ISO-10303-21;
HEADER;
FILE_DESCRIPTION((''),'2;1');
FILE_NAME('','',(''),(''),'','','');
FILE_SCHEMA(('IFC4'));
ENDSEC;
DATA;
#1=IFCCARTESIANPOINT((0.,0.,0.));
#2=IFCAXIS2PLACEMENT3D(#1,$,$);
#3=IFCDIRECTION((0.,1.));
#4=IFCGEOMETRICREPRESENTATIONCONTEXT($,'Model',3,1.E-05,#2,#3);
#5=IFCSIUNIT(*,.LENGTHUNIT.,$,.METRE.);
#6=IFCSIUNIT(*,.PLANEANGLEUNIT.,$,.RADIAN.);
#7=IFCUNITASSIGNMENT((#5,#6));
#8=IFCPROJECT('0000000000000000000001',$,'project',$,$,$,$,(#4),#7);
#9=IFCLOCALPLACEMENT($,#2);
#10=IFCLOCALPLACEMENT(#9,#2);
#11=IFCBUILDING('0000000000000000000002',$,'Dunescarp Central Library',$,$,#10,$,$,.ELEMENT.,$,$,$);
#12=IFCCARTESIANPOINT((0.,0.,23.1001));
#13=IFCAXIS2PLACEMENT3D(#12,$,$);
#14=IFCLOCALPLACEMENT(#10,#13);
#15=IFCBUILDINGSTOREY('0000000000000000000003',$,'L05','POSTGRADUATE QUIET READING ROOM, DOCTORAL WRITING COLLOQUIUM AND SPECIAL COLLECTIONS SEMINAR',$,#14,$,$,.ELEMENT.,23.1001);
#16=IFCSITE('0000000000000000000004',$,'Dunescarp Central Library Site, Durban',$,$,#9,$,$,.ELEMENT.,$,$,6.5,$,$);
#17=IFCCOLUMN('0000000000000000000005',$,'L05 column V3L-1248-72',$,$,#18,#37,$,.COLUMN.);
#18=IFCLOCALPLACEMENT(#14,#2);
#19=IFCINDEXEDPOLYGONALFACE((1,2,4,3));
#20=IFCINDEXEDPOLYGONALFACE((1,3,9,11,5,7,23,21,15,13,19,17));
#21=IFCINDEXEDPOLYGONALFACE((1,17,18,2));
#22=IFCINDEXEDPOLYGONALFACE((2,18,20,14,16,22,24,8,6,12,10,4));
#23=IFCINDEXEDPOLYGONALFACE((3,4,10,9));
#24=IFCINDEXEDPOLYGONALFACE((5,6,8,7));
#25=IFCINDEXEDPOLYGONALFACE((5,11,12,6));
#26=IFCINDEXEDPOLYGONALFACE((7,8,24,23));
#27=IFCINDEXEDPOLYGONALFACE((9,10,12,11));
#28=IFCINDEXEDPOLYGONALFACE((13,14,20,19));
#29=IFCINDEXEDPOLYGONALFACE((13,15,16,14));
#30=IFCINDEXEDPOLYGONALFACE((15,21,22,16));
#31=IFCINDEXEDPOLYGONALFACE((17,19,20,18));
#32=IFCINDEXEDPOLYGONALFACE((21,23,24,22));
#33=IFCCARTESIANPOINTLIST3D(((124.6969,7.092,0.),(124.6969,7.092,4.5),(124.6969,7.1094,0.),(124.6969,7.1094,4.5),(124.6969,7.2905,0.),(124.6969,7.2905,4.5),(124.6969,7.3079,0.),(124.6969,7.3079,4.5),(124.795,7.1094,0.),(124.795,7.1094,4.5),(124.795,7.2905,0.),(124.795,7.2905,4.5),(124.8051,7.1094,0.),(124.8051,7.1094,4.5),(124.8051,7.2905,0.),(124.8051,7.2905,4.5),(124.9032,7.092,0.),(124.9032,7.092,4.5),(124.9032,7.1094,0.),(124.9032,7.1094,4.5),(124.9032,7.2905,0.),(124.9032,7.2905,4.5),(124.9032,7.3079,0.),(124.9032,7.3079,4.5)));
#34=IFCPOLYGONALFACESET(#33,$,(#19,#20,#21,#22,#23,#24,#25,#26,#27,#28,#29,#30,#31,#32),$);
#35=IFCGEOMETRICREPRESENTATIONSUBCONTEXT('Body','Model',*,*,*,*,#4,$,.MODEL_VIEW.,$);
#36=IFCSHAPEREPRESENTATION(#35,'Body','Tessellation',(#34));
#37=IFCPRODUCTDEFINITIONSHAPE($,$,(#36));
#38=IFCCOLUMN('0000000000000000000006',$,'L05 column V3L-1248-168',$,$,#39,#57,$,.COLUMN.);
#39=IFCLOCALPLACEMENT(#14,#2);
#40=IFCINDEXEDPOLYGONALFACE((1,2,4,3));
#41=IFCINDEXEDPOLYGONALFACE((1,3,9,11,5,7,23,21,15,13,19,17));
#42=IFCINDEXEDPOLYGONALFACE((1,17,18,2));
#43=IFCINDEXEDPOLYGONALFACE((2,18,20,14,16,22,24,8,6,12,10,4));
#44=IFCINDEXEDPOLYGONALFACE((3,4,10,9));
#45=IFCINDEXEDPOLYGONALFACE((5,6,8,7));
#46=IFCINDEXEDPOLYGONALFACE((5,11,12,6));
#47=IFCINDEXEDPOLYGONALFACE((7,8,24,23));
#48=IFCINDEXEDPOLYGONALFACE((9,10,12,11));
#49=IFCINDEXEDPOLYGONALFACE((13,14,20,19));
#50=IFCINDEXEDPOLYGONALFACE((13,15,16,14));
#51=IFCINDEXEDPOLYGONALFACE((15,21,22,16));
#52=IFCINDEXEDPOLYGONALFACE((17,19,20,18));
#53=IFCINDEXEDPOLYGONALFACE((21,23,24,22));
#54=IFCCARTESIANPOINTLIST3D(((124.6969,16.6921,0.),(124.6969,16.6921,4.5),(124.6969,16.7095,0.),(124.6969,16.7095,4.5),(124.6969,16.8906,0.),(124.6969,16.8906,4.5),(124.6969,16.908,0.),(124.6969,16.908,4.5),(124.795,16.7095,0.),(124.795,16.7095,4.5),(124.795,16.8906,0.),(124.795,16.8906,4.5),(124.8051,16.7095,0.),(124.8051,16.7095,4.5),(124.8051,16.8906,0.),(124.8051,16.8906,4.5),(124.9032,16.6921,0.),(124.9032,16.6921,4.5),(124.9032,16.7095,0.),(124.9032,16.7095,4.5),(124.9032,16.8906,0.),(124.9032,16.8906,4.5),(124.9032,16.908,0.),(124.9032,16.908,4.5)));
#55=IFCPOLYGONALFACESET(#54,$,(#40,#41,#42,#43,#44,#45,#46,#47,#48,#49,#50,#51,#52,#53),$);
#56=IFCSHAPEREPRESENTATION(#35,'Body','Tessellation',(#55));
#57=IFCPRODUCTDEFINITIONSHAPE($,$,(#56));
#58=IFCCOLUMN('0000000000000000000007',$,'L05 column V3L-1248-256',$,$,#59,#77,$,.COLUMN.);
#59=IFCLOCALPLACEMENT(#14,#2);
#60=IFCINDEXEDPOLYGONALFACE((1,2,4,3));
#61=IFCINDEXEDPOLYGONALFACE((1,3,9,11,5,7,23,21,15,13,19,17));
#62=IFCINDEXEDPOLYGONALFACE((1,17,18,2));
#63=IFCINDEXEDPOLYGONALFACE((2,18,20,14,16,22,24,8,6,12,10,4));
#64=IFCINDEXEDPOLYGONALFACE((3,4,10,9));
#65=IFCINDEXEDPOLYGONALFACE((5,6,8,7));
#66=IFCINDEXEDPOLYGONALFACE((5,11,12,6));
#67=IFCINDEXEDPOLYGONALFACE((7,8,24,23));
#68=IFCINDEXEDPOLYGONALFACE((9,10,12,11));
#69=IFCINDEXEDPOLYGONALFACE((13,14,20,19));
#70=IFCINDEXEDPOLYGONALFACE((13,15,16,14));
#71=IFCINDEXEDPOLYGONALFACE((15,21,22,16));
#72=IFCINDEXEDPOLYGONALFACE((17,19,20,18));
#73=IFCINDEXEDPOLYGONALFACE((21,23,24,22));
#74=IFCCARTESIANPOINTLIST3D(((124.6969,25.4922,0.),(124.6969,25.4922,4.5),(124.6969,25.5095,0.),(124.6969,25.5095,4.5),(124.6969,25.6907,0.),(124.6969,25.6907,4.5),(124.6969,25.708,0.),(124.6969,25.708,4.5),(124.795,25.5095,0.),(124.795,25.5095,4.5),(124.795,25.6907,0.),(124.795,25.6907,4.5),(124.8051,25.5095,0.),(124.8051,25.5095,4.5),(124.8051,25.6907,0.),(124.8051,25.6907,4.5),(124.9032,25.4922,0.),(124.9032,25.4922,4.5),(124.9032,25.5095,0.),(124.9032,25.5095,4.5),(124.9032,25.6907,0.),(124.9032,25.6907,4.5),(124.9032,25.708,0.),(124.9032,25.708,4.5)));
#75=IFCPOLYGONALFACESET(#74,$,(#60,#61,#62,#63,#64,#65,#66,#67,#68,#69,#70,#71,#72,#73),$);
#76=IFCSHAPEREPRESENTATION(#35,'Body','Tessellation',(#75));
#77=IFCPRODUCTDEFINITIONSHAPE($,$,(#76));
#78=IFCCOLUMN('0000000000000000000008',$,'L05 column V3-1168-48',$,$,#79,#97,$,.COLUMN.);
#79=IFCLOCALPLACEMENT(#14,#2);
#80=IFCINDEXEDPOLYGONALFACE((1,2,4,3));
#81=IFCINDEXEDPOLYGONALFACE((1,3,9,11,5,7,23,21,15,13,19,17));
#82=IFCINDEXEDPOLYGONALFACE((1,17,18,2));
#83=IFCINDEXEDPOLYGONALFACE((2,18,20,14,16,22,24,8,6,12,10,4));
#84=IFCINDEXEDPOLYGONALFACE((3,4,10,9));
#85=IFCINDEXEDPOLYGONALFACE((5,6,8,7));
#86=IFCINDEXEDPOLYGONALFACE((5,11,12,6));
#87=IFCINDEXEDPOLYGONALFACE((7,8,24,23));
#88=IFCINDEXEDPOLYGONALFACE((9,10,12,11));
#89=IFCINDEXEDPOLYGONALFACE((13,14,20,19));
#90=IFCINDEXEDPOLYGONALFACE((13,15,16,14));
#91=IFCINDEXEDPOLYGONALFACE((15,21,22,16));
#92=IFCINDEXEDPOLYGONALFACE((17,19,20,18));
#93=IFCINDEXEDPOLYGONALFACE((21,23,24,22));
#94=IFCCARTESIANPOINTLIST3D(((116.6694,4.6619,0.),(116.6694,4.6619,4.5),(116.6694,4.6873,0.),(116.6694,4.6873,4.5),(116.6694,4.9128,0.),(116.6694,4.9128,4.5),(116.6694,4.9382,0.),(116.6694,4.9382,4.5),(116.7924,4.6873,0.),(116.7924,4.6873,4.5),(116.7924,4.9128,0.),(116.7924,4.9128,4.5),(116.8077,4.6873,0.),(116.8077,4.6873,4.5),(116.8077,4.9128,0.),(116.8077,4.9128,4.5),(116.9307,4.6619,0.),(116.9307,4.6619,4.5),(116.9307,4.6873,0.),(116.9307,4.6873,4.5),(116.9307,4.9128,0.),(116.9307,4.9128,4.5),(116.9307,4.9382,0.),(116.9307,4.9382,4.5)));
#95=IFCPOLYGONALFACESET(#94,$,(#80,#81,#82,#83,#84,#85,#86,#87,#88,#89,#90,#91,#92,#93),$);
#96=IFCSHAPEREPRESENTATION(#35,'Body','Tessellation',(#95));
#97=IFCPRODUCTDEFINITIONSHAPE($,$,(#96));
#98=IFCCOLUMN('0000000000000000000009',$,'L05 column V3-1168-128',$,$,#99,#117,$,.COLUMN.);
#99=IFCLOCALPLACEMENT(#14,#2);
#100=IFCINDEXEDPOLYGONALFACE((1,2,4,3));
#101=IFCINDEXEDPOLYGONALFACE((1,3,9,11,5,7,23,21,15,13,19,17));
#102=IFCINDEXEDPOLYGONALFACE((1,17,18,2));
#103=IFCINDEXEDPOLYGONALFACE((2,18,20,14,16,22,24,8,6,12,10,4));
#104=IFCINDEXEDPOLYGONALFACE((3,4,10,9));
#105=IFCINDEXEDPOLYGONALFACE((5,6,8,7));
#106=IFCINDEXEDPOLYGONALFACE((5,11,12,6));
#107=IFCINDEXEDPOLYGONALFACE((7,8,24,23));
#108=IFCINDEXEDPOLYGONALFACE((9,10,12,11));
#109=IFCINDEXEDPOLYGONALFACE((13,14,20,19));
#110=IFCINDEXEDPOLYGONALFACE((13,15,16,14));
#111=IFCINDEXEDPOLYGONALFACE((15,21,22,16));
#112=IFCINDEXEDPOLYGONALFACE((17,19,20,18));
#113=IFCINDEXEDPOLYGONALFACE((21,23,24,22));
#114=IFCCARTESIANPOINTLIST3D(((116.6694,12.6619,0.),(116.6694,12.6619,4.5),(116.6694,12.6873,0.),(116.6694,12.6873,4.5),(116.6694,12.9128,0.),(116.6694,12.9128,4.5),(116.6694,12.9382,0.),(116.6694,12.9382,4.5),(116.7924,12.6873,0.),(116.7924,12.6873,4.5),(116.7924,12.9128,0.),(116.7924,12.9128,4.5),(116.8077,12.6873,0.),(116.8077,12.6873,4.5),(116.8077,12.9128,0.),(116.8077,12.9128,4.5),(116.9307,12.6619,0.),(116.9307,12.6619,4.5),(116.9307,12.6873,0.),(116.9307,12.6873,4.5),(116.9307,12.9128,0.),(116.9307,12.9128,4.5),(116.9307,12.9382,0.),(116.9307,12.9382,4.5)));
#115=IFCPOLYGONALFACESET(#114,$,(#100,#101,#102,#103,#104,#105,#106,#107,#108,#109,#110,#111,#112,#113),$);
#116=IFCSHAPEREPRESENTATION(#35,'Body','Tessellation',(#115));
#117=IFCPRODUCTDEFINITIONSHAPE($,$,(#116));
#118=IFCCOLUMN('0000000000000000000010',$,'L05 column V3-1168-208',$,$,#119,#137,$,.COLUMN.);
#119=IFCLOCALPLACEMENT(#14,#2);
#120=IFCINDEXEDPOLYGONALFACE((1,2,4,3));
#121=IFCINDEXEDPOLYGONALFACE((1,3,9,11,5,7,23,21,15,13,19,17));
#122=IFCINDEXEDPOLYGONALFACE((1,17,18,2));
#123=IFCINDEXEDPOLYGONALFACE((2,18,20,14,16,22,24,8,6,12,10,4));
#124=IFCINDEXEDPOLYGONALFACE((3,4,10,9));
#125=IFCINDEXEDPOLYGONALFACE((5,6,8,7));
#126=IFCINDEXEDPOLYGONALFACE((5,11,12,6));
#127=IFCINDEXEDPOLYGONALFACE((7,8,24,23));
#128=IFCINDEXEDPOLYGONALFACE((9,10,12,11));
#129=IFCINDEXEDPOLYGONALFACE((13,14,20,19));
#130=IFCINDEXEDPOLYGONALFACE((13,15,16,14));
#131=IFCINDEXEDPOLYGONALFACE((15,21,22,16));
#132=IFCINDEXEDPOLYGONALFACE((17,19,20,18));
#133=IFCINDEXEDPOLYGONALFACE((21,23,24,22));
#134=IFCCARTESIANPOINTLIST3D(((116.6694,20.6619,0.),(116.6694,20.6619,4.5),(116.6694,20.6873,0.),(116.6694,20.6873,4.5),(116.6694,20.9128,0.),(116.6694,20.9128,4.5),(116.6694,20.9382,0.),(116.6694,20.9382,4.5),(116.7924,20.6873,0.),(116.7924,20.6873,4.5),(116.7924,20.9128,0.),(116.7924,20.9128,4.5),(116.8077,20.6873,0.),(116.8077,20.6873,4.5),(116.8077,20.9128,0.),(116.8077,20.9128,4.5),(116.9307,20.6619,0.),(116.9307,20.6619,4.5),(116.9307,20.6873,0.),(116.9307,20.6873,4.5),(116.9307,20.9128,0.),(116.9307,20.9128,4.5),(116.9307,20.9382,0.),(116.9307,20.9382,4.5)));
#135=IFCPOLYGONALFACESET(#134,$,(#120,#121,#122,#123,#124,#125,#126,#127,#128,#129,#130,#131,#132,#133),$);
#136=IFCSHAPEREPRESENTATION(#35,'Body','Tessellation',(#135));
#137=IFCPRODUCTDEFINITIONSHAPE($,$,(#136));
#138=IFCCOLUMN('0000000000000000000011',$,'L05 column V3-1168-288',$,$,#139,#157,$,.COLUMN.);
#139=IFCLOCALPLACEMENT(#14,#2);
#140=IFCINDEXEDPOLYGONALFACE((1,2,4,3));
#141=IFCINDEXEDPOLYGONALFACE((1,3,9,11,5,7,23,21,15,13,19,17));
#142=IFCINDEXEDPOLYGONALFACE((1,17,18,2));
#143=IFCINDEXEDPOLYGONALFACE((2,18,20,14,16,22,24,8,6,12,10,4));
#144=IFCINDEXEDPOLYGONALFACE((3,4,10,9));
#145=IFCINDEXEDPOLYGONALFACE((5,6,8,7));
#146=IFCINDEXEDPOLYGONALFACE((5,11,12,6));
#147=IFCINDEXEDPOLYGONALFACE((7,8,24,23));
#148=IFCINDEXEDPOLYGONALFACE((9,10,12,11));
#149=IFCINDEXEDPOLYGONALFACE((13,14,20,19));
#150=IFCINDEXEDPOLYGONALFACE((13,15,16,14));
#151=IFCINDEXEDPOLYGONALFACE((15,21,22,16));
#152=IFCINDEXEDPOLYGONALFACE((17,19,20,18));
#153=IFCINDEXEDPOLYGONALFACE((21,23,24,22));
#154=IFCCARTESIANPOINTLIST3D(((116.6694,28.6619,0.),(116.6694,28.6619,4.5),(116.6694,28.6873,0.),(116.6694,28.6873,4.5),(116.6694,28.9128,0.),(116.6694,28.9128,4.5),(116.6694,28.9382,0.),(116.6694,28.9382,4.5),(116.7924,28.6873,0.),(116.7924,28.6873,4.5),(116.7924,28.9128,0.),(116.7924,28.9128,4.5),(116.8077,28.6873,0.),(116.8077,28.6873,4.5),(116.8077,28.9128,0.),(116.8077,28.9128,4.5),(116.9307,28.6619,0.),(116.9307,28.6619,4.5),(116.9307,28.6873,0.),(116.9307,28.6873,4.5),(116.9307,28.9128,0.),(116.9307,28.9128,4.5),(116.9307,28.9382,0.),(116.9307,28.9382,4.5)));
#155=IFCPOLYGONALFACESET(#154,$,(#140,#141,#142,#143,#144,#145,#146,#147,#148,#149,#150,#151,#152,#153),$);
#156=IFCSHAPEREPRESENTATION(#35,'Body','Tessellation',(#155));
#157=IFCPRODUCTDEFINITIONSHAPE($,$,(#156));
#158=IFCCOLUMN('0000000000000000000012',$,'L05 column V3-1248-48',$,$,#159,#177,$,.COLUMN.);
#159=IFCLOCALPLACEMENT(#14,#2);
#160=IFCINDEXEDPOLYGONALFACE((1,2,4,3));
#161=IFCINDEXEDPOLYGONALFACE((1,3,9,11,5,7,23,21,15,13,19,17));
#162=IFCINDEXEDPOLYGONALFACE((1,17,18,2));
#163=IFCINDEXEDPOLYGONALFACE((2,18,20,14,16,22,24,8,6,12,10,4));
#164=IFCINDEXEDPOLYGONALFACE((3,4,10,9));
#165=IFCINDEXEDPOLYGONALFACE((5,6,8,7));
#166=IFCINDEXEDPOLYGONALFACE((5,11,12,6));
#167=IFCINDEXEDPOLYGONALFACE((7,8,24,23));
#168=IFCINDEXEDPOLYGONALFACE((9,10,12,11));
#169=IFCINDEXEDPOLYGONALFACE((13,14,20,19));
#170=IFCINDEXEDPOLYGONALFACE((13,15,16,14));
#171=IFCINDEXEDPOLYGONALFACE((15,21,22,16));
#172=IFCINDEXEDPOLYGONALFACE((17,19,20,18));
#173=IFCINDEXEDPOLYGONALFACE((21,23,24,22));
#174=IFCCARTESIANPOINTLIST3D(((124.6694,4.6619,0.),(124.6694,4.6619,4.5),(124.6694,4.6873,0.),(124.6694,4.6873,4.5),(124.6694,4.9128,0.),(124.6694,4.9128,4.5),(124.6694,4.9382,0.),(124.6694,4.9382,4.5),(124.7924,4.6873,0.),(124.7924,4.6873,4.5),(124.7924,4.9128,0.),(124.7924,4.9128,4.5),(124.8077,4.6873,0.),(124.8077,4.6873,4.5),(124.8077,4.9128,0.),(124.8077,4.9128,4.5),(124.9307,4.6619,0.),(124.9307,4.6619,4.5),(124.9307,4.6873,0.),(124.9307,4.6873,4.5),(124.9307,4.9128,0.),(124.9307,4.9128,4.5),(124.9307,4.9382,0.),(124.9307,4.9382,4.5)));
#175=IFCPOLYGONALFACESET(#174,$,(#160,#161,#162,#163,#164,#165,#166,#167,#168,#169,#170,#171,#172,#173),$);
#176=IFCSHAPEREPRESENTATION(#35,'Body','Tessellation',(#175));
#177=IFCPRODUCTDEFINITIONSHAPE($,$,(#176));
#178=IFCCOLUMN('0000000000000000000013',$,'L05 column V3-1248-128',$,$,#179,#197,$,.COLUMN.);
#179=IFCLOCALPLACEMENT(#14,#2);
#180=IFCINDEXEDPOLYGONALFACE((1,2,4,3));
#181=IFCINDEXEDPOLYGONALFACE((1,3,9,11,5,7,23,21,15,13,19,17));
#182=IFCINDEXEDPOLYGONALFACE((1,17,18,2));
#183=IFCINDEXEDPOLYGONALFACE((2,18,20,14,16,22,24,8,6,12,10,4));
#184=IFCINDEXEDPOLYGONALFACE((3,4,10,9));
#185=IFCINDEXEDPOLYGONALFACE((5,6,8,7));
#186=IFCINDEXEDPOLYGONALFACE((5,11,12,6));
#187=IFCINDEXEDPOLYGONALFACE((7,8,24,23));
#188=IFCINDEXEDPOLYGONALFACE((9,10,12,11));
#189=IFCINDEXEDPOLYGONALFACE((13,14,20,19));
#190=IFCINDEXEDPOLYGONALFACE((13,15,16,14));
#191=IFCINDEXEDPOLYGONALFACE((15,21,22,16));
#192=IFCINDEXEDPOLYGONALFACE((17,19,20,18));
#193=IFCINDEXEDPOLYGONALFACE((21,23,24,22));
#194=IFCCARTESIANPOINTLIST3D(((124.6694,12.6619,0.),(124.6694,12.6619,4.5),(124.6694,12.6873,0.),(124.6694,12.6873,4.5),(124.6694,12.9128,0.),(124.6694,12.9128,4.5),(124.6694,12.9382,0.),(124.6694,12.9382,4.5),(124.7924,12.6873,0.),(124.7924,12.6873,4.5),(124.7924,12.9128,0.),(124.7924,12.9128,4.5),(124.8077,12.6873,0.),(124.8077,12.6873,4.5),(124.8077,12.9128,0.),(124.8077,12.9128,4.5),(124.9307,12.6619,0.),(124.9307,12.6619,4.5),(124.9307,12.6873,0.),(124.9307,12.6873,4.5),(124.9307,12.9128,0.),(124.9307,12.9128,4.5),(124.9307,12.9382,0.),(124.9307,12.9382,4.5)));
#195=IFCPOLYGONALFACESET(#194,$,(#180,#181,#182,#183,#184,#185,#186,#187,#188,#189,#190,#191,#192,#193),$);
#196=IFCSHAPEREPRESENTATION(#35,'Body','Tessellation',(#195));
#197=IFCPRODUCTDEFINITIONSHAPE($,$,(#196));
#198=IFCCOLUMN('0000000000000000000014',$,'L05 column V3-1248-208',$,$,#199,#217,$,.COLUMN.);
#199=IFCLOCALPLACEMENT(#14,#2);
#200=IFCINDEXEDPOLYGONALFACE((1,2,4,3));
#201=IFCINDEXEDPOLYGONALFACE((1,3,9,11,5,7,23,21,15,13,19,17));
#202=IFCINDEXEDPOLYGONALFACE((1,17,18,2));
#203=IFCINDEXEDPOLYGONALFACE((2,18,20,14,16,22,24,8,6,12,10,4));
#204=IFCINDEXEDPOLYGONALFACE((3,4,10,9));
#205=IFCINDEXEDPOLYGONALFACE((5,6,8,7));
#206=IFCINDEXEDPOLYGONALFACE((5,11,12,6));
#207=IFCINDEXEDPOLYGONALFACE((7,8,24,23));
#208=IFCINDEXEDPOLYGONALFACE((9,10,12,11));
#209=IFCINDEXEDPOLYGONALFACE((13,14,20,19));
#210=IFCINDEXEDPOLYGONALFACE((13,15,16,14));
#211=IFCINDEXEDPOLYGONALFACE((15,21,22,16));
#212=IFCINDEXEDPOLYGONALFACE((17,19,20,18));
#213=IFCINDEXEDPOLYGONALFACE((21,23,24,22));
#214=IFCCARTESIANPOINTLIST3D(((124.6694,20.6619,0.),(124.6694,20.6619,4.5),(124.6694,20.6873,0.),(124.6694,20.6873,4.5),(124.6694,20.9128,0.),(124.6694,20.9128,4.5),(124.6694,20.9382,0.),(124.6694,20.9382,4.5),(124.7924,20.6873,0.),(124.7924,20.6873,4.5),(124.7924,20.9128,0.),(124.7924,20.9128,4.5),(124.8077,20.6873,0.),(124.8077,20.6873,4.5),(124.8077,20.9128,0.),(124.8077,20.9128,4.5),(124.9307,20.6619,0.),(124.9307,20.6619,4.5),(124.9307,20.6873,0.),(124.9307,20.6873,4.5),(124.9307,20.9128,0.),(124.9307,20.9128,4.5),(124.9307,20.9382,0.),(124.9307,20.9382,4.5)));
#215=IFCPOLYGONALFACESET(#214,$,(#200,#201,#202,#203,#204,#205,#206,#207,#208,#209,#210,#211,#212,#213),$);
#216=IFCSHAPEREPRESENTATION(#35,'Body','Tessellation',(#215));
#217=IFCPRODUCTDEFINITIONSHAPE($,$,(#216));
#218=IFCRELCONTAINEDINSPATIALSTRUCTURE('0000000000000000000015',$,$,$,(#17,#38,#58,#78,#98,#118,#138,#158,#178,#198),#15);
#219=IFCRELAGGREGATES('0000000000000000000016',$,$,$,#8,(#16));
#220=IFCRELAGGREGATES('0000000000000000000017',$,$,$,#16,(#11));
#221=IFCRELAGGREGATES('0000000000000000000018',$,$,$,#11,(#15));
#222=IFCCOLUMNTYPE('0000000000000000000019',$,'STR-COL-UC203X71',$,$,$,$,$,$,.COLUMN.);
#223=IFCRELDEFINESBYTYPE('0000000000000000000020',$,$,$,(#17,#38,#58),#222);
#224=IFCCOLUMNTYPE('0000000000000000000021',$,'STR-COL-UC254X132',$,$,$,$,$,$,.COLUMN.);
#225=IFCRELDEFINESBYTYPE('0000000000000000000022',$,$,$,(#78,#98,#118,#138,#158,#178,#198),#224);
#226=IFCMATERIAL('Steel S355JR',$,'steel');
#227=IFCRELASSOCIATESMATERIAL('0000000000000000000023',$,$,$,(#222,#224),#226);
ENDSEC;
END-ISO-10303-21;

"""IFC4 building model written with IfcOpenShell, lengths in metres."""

from ifc_helpers import new_model, si_unit, direction, frame, origin, origin_2d, place, context, subcontext, project, spatial, i_section, extrude, material, material_profile, profile_set, type_object, element, save


model = new_model("IFC4")

# Units and contexts
model_context = context("Model", 3, precision=1e-05, world=origin(), true_north=direction((0.0, 1.0)))
body_context = subcontext(model_context, "Body", "Model", "MODEL_VIEW")
ifc_project = project(units=[si_unit("LENGTHUNIT", "METRE"), si_unit("PLANEANGLEUNIT", "RADIAN")], contexts=[model_context])

# Site, building, storey
site_placement = place(None, origin())
site = spatial("IfcSite", under=ifc_project, at=site_placement, Name="Dunescarp Central Library Site, Durban", CompositionType="ELEMENT", RefElevation=6.5)
building_placement = place(site_placement, origin())
building = spatial("IfcBuilding", under=site, at=building_placement, Name="Dunescarp Central Library", CompositionType="ELEMENT")
storey_placement = place(building_placement, frame((0.0, 0.0, 23.1001)))
storey = spatial("IfcBuildingStorey", under=building, at=storey_placement, Name="L05", Description="POSTGRADUATE QUIET READING ROOM, DOCTORAL WRITING COLLOQUIUM AND SPECIAL COLLECTIONS SEMINAR", CompositionType="ELEMENT", Elevation=23.1001)

# Columns
ifc_material = material(Name="Steel S355JR", Category="steel")
ifc_material_profile_1 = material_profile(ifc_material, i_section(OverallWidth=0.2063, OverallDepth=0.2158, WebThickness=0.01, FlangeThickness=0.0173, at=origin_2d()), Name="UC 203x203x71")
ifc_profile_set_1 = profile_set([ifc_material_profile_1], Name="Steel S355JR")
column_type_1 = type_object("IfcColumnType", Name="STR-COL-UC203X71", PredefinedType="COLUMN", material=ifc_profile_set_1)
for number, where, z_axis, x_axis, name in (
    (1, (124.8, 7.2, 0.0), (0.0, 0.0, 1.0), (1.0, 0.0, 0.0), "L05 column V3L-1248-72"),
    (2, (124.8, 16.8, 0.0), (0.0, 0.0, 1.0), (1.0, 0.0, 0.0), "L05 column V3L-1248-168"),
    (3, (124.8, 25.6001, 0.0), (0.0, 0.0, 1.0), (1.0, 0.0, 0.0), "L05 column V3L-1248-256"),
):
    element("IfcColumn", number, at=place(storey_placement, frame(where, z_axis=z_axis, x_axis=x_axis)), inside=storey, type_object=column_type_1, Name=name, PredefinedType="COLUMN", context=body_context, shape_type="SweptSolid", body=[
        extrude(i_section(OverallWidth=0.2063, OverallDepth=0.2158, WebThickness=0.01, FlangeThickness=0.0173, at=origin_2d()), origin(), (0.0, 0.0, 1.0), 4.5),
    ])
ifc_material_profile_2 = material_profile(ifc_material, i_section(OverallWidth=0.2612, OverallDepth=0.2764, WebThickness=0.0154, FlangeThickness=0.0254, at=origin_2d()), Name="UC 254x254x132")
ifc_profile_set_2 = profile_set([ifc_material_profile_2], Name="Steel S355JR")
column_type_2 = type_object("IfcColumnType", Name="STR-COL-UC254X132", PredefinedType="COLUMN", material=ifc_profile_set_2)
for number, where, z_axis, x_axis, name in (
    (4, (116.8, 4.8, 0.0), (0.0, 0.0, 1.0), (1.0, 0.0, 0.0), "L05 column V3-1168-48"),
    (5, (116.8, 12.8, 0.0), (0.0, 0.0, 1.0), (1.0, 0.0, 0.0), "L05 column V3-1168-128"),
    (6, (116.8, 20.8, 0.0), (0.0, 0.0, 1.0), (1.0, 0.0, 0.0), "L05 column V3-1168-208"),
    (7, (116.8, 28.8, 0.0), (0.0, 0.0, 1.0), (1.0, 0.0, 0.0), "L05 column V3-1168-288"),
    (8, (124.8, 4.8, 0.0), (0.0, 0.0, 1.0), (1.0, 0.0, 0.0), "L05 column V3-1248-48"),
    (9, (124.8, 12.8, 0.0), (0.0, 0.0, 1.0), (1.0, 0.0, 0.0), "L05 column V3-1248-128"),
    (10, (124.8, 20.8, 0.0), (0.0, 0.0, 1.0), (1.0, 0.0, 0.0), "L05 column V3-1248-208"),
):
    element("IfcColumn", number, at=place(storey_placement, frame(where, z_axis=z_axis, x_axis=x_axis)), inside=storey, type_object=column_type_2, Name=name, PredefinedType="COLUMN", context=body_context, shape_type="SweptSolid", body=[
        extrude(i_section(OverallWidth=0.2612, OverallDepth=0.2764, WebThickness=0.0154, FlangeThickness=0.0254, at=origin_2d()), origin(), (0.0, 0.0, 1.0), 4.5),
    ])

save(model, "model.ifc")
